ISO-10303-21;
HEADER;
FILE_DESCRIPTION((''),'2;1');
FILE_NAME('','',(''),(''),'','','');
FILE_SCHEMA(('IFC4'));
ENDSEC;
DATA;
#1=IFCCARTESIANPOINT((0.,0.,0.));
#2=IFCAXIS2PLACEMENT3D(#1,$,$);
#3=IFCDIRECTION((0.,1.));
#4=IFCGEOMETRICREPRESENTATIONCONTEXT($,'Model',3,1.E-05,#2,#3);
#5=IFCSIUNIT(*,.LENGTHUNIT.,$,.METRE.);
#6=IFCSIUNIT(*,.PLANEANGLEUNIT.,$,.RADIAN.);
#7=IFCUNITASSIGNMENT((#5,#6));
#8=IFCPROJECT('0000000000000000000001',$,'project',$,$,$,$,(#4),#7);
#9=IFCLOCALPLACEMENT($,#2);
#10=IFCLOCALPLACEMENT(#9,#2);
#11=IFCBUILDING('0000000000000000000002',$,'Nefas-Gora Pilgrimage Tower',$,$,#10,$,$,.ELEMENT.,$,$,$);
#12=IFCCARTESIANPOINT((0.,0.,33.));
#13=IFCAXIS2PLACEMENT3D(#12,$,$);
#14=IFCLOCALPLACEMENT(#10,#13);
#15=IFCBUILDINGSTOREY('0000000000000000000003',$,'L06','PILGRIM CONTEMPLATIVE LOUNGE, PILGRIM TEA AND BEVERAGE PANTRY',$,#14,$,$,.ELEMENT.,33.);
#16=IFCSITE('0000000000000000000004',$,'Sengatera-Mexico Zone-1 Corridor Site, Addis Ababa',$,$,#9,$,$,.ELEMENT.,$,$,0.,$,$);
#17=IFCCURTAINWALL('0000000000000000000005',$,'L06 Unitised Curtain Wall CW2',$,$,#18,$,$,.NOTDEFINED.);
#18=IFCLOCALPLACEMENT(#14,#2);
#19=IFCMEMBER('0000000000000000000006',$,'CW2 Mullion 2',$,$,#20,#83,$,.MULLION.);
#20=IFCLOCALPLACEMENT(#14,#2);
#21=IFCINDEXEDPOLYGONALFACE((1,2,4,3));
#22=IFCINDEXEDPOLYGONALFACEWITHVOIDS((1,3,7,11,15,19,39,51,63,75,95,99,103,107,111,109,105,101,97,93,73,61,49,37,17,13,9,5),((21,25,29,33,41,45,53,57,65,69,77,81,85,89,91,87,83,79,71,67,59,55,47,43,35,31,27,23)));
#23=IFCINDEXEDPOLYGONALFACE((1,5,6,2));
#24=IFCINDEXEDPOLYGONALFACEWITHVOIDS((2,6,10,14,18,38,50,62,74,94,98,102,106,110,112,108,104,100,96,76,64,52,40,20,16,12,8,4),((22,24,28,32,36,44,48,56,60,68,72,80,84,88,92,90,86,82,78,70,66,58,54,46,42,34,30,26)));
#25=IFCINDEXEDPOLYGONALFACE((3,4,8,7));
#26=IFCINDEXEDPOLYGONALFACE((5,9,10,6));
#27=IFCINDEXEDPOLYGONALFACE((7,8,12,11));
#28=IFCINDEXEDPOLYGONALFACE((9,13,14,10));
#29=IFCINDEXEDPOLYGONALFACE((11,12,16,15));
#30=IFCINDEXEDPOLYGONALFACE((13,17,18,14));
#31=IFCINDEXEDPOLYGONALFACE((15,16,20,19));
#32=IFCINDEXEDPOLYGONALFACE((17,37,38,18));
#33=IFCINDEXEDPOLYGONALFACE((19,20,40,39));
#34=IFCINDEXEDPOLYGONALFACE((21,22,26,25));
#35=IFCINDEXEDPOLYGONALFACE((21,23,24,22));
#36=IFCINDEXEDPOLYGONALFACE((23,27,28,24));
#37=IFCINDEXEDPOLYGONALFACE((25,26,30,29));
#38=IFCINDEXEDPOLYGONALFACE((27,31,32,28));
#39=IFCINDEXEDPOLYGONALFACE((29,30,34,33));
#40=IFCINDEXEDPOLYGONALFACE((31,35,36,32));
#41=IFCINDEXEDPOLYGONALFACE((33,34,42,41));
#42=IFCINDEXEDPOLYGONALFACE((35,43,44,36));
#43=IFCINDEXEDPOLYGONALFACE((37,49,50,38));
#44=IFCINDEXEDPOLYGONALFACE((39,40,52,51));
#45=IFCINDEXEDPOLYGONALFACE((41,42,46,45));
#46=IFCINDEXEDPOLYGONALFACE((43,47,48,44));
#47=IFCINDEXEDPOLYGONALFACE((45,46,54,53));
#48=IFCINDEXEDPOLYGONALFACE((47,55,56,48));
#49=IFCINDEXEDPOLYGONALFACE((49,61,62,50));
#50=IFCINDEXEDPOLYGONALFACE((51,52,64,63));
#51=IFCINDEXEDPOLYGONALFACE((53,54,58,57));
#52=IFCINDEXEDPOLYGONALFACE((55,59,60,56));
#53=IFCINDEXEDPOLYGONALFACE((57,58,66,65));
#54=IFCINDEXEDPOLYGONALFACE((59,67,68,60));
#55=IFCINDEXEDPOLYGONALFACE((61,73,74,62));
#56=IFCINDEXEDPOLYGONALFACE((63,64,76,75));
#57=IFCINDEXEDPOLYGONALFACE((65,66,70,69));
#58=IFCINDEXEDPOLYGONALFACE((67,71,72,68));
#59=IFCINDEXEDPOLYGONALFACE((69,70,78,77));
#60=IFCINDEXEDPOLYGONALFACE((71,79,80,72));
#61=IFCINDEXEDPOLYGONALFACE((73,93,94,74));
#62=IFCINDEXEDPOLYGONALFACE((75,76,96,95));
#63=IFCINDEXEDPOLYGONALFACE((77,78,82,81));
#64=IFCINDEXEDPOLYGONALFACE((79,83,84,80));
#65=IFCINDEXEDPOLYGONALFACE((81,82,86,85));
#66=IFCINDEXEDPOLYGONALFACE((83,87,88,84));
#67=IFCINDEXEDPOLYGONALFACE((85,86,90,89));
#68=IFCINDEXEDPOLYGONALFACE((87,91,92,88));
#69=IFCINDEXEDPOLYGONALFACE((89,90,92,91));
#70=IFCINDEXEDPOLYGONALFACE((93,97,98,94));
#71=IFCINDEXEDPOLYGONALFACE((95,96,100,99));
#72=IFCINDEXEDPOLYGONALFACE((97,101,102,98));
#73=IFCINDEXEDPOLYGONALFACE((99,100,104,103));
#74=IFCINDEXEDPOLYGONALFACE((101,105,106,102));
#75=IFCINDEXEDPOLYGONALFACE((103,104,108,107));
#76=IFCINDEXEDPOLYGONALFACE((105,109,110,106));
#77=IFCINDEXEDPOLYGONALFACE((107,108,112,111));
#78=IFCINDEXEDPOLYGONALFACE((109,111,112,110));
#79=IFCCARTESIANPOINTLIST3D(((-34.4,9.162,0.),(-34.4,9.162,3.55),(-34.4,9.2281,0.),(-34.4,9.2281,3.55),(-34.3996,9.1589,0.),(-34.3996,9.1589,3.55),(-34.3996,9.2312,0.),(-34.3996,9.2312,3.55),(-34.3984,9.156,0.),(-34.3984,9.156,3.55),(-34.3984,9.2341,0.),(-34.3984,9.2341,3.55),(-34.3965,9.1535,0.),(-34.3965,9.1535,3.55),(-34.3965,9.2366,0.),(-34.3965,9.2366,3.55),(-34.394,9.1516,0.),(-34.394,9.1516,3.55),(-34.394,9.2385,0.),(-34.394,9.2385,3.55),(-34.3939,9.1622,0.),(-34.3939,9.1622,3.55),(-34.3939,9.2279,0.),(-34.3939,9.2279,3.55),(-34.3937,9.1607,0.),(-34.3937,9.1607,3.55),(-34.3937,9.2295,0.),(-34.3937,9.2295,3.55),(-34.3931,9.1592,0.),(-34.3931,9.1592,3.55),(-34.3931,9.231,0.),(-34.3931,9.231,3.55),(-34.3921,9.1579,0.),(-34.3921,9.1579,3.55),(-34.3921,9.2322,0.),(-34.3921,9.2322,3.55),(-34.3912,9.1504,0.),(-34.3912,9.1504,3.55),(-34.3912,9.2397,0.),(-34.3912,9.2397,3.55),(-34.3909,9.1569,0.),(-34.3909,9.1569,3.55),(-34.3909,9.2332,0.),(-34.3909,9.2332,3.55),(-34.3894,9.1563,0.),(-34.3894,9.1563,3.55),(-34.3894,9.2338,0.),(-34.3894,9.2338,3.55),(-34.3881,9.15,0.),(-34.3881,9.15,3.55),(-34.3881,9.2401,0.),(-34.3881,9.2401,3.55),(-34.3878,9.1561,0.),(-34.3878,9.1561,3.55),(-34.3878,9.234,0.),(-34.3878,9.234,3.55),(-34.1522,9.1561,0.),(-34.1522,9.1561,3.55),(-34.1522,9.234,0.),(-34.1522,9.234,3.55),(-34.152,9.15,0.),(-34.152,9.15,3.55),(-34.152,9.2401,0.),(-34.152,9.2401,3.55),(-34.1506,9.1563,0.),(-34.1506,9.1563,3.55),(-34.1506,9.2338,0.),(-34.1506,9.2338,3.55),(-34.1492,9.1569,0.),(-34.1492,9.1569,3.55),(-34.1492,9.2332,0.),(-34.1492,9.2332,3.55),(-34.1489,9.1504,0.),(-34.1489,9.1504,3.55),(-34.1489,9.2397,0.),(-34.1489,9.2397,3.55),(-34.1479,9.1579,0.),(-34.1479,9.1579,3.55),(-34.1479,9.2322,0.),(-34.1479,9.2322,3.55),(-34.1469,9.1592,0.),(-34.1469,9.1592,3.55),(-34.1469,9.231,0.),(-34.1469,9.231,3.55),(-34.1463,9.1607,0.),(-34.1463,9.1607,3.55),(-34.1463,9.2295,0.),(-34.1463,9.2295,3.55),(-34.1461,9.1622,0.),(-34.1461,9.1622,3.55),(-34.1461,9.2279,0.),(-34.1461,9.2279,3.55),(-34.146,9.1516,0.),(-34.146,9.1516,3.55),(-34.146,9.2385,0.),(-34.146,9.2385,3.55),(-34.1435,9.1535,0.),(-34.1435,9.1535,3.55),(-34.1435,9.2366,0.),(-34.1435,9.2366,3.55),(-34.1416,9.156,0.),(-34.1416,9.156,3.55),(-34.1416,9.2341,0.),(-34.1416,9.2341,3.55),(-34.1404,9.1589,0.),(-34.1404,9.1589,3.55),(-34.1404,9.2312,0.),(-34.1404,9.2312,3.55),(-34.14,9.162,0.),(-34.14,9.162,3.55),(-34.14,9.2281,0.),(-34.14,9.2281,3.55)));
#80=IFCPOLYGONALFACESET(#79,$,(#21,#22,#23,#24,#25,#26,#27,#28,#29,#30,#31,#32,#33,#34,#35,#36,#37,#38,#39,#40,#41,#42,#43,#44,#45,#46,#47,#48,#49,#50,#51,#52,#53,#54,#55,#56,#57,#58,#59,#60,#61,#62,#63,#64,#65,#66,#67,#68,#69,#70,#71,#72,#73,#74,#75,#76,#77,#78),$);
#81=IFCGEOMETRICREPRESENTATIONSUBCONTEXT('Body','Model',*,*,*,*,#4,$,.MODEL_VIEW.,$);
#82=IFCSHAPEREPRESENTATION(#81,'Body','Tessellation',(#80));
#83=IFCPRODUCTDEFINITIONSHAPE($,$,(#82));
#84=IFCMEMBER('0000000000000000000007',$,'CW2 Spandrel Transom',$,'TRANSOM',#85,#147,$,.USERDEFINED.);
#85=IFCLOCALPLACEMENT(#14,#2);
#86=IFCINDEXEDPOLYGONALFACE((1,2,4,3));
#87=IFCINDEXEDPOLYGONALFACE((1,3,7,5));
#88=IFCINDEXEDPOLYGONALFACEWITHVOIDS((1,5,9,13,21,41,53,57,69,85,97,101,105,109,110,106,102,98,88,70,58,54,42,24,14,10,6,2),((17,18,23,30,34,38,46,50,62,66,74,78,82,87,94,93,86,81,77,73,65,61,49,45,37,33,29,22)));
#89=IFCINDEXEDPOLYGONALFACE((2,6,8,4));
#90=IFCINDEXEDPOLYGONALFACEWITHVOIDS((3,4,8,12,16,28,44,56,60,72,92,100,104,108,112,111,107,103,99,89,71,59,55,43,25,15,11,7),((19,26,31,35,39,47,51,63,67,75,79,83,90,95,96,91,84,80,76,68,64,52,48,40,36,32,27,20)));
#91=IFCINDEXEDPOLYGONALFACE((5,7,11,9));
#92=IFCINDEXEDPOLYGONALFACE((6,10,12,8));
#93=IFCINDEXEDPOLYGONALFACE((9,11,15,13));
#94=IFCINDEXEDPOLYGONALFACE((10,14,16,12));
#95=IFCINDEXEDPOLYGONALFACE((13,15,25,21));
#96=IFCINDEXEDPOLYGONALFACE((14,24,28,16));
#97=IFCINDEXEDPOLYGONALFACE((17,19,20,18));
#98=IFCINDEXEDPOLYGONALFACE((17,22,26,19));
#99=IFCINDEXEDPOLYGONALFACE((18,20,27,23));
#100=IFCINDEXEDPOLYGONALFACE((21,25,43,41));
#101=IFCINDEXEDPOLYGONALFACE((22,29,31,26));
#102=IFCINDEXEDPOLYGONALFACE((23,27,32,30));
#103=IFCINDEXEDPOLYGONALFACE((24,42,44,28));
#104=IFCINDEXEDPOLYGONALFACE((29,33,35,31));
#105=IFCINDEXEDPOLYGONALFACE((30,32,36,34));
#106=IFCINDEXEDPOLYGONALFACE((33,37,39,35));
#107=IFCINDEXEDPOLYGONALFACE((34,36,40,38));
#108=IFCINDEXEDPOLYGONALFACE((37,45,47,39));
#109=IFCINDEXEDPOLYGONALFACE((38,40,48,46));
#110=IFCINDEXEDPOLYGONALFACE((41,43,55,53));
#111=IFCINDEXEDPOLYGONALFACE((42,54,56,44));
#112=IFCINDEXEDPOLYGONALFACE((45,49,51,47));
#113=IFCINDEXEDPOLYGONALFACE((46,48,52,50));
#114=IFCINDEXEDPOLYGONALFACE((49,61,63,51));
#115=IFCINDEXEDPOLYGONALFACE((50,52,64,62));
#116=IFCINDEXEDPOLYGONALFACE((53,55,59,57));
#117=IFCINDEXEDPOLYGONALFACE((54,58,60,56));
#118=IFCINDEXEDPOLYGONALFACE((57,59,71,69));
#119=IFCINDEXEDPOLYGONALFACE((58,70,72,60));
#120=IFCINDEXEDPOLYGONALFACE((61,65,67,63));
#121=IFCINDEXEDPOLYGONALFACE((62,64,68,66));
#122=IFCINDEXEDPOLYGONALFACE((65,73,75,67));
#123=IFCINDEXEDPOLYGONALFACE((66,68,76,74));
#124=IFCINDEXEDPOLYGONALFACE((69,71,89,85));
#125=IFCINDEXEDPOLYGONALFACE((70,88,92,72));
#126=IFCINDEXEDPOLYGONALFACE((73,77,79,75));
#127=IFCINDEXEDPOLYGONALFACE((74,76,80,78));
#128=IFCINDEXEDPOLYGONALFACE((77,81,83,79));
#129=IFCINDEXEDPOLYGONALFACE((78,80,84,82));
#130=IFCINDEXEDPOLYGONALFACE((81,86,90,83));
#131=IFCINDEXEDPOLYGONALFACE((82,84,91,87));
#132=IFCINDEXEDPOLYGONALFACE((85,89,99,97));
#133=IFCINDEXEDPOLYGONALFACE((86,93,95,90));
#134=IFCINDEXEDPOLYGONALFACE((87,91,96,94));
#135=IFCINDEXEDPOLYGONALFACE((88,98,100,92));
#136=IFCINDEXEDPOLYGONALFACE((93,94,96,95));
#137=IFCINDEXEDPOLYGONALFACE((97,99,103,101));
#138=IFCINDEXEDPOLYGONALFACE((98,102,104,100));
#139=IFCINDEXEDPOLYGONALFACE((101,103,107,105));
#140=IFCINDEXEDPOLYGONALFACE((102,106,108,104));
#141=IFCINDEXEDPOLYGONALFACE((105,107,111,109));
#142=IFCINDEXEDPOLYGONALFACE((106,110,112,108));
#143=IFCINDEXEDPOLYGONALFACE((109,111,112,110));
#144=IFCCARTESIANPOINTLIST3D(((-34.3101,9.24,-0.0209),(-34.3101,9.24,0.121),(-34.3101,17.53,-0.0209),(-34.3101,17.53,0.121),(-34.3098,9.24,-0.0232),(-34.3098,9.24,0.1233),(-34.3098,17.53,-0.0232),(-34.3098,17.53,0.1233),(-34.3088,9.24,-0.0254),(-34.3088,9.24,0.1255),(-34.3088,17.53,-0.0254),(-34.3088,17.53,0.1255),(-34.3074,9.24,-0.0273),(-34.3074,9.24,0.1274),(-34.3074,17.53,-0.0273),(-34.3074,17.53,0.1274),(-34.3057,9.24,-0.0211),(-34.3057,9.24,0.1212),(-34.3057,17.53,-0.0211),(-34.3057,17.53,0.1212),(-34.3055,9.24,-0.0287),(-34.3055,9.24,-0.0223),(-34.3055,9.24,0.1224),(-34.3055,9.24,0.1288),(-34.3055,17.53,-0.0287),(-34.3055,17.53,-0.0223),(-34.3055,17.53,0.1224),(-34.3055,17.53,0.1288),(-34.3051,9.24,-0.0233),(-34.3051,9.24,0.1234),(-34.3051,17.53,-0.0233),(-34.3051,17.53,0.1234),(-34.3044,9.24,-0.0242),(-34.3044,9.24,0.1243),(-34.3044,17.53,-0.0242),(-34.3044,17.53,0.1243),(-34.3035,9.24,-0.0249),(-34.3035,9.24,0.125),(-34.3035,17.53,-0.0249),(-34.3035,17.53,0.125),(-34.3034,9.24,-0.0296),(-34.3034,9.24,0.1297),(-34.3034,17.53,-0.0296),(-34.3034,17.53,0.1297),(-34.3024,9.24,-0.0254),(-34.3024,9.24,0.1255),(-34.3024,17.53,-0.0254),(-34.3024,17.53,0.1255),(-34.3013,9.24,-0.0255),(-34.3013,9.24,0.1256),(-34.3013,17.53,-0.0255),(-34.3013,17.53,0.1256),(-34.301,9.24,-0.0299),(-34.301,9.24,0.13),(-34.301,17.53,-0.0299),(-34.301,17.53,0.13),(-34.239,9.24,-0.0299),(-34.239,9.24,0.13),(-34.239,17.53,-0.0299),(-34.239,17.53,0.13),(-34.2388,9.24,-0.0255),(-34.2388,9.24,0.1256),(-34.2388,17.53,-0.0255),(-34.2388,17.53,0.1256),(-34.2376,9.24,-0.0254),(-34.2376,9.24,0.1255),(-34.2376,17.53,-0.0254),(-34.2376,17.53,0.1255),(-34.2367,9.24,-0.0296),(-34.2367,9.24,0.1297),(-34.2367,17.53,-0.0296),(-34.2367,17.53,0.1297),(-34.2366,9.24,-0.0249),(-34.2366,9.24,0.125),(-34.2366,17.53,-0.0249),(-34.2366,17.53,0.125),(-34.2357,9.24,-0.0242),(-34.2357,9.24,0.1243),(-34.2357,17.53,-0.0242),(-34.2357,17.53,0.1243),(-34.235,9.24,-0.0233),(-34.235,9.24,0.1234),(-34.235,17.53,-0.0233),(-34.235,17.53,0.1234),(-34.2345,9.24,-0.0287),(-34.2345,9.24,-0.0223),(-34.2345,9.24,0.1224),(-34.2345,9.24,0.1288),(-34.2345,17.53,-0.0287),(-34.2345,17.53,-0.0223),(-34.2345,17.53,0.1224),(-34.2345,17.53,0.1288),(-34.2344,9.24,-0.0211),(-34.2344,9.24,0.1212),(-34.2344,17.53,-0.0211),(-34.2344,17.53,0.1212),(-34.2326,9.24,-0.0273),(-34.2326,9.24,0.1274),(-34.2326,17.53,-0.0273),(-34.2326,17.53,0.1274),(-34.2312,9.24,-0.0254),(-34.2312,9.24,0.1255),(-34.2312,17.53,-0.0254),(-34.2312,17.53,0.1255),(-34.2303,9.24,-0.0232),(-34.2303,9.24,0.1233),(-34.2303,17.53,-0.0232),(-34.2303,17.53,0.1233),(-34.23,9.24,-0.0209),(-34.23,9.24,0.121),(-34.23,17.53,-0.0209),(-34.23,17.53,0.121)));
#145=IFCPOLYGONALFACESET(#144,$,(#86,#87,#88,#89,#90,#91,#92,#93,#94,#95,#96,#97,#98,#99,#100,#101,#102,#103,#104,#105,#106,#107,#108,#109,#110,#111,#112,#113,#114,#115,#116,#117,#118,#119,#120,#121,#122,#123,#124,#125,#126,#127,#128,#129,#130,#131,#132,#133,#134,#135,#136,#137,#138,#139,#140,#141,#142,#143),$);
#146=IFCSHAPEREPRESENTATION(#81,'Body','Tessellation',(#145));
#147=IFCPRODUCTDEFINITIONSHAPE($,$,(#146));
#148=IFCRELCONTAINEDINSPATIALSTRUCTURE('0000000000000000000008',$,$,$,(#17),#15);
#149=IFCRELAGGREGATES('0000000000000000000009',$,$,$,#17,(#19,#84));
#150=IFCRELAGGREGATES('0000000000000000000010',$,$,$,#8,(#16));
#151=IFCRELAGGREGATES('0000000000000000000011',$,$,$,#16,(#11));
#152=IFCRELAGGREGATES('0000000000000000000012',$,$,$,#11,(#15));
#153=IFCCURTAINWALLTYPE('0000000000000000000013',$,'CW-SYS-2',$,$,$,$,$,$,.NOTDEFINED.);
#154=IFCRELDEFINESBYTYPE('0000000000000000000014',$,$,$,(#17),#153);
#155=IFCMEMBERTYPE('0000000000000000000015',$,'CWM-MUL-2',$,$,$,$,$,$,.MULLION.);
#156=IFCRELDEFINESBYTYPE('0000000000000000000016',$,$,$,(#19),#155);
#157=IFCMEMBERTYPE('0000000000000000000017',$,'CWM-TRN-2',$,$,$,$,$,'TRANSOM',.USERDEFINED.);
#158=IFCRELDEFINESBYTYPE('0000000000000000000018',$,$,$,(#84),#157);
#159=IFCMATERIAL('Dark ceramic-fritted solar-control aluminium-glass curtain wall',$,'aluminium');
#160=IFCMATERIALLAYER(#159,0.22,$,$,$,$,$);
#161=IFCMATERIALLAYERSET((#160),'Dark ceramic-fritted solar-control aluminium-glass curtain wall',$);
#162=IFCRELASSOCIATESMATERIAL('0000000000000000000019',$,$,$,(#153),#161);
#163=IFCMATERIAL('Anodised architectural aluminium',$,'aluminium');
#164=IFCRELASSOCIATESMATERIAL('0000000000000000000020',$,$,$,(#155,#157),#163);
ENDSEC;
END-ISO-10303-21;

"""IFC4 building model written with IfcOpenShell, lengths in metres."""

from ifc_helpers import new_model, si_unit, direction, frame, origin, origin_2d, place, context, subcontext, project, spatial, hollow_rectangle, extrude, source, transform, mapped, material, layer, layer_set, material_profile, profile_set, type_object, element, aggregate, save


model = new_model("IFC4")

# Units and contexts
model_context = context("Model", 3, precision=1e-05, world=origin(), true_north=direction((0.0, 1.0)))
body_context = subcontext(model_context, "Body", "Model", "MODEL_VIEW")
ifc_project = project(units=[si_unit("LENGTHUNIT", "METRE"), si_unit("PLANEANGLEUNIT", "RADIAN")], contexts=[model_context])

# Site, building, storey
site_placement = place(None, origin())
site = spatial("IfcSite", under=ifc_project, at=site_placement, Name="Sengatera-Mexico Zone-1 Corridor Site, Addis Ababa", CompositionType="ELEMENT", RefElevation=0.0)
building_placement = place(site_placement, origin())
building = spatial("IfcBuilding", under=site, at=building_placement, Name="Nefas-Gora Pilgrimage Tower", CompositionType="ELEMENT")
storey_placement = place(building_placement, frame((0.0, 0.0, 33.0)))
storey = spatial("IfcBuildingStorey", under=building, at=storey_placement, Name="L06", Description="PILGRIM CONTEMPLATIVE LOUNGE, PILGRIM TEA AND BEVERAGE PANTRY", CompositionType="ELEMENT", Elevation=33.0)

# Shared definitions
ifc_material_1 = material(Name="Dark ceramic-fritted solar-control aluminium-glass curtain wall", Category="aluminium")
ifc_material_2 = material(Name="Anodised architectural aluminium", Category="aluminium")

# Curtain wall, members
ifc_layer_1 = layer(ifc_material_1, 0.22)
ifc_layer_set_1 = layer_set([ifc_layer_1], Name="Dark ceramic-fritted solar-control aluminium-glass curtain wall")
curtain_wall_type_1 = type_object("IfcCurtainWallType", Name="CW-SYS-2", PredefinedType="NOTDEFINED", material=ifc_layer_set_1)
ifc_material_profile_1 = material_profile(ifc_material_2, hollow_rectangle(XDim=0.0901, YDim=0.26, WallThickness=0.0061, InnerFilletRadius=0.0061, OuterFilletRadius=0.012, at=origin_2d()), Name="ALU MULLION 90x260")
ifc_profile_set_1 = profile_set([ifc_material_profile_1], Name="Anodised architectural aluminium")
member_type_1 = type_object("IfcMemberType", Name="CWM-MUL-2", PredefinedType="MULLION", material=ifc_profile_set_1)
shared_shape_1 = source(origin(), body_context, "Body", "SweptSolid", [
    extrude(hollow_rectangle(XDim=0.0901, YDim=0.26, WallThickness=0.0061, InnerFilletRadius=0.0061, OuterFilletRadius=0.012, at=origin_2d()), origin(), (0.0, 0.0, 1.0), 3.55),
])
curtain_wall_1_placement = place(storey_placement, origin())
curtain_wall_1 = element("IfcCurtainWall", 1, at=curtain_wall_1_placement, inside=storey, type_object=curtain_wall_type_1, Name="L06 Unitised Curtain Wall CW2", PredefinedType="NOTDEFINED")
member_1_placement = place(storey_placement, frame((-34.27, 9.1951, 0.0), z_axis=(0.0, 0.0, 1.0), x_axis=(0.0, -1.0, 0.0)))
member_1 = element("IfcMember", 2, at=member_1_placement, type_object=member_type_1, Name="CW2 Mullion 2", PredefinedType="MULLION", context=body_context, shape_type="MappedRepresentation", body=[
    mapped(shared_shape_1, transform((0.0, 0.0, 0.0), x_axis=(1.0, 0.0, 0.0), y_axis=(0.0, 1.0, 0.0), z_axis=(0.0, 0.0, 1.0), scale=1.0)),
])
ifc_material_profile_2 = material_profile(ifc_material_2, hollow_rectangle(XDim=0.0801, YDim=0.1599, WallThickness=0.0044, InnerFilletRadius=0.0044, OuterFilletRadius=0.009, at=origin_2d()), Name="ALU TRANSOM 80x160")
ifc_profile_set_2 = profile_set([ifc_material_profile_2], Name="Anodised architectural aluminium")
member_type_2 = type_object("IfcMemberType", Name="CWM-TRN-2", ElementType="TRANSOM", PredefinedType="USERDEFINED", material=ifc_profile_set_2)
shared_shape_2 = source(origin(), body_context, "Body", "SweptSolid", [
    extrude(hollow_rectangle(XDim=0.0801, YDim=0.1599, WallThickness=0.0044, InnerFilletRadius=0.0044, OuterFilletRadius=0.009, at=origin_2d()), origin(), (0.0, 0.0, 1.0), 8.29),
])
member_2_placement = place(storey_placement, frame((-34.27, 17.53, 0.05), z_axis=(0.0, -1.0, 0.0), x_axis=(1.0, 0.0, 0.0)))
member_2 = element("IfcMember", 3, at=member_2_placement, type_object=member_type_2, Name="CW2 Spandrel Transom", ObjectType="TRANSOM", PredefinedType="USERDEFINED", context=body_context, shape_type="MappedRepresentation", body=[
    mapped(shared_shape_2, transform((0.0, 0.0, 0.0), x_axis=(1.0, 0.0, 0.0), y_axis=(0.0, 1.0, 0.0), z_axis=(0.0, 0.0, 1.0), scale=1.0)),
])

aggregate(curtain_wall_1, [member_1, member_2])

save(model, "model.ifc")
